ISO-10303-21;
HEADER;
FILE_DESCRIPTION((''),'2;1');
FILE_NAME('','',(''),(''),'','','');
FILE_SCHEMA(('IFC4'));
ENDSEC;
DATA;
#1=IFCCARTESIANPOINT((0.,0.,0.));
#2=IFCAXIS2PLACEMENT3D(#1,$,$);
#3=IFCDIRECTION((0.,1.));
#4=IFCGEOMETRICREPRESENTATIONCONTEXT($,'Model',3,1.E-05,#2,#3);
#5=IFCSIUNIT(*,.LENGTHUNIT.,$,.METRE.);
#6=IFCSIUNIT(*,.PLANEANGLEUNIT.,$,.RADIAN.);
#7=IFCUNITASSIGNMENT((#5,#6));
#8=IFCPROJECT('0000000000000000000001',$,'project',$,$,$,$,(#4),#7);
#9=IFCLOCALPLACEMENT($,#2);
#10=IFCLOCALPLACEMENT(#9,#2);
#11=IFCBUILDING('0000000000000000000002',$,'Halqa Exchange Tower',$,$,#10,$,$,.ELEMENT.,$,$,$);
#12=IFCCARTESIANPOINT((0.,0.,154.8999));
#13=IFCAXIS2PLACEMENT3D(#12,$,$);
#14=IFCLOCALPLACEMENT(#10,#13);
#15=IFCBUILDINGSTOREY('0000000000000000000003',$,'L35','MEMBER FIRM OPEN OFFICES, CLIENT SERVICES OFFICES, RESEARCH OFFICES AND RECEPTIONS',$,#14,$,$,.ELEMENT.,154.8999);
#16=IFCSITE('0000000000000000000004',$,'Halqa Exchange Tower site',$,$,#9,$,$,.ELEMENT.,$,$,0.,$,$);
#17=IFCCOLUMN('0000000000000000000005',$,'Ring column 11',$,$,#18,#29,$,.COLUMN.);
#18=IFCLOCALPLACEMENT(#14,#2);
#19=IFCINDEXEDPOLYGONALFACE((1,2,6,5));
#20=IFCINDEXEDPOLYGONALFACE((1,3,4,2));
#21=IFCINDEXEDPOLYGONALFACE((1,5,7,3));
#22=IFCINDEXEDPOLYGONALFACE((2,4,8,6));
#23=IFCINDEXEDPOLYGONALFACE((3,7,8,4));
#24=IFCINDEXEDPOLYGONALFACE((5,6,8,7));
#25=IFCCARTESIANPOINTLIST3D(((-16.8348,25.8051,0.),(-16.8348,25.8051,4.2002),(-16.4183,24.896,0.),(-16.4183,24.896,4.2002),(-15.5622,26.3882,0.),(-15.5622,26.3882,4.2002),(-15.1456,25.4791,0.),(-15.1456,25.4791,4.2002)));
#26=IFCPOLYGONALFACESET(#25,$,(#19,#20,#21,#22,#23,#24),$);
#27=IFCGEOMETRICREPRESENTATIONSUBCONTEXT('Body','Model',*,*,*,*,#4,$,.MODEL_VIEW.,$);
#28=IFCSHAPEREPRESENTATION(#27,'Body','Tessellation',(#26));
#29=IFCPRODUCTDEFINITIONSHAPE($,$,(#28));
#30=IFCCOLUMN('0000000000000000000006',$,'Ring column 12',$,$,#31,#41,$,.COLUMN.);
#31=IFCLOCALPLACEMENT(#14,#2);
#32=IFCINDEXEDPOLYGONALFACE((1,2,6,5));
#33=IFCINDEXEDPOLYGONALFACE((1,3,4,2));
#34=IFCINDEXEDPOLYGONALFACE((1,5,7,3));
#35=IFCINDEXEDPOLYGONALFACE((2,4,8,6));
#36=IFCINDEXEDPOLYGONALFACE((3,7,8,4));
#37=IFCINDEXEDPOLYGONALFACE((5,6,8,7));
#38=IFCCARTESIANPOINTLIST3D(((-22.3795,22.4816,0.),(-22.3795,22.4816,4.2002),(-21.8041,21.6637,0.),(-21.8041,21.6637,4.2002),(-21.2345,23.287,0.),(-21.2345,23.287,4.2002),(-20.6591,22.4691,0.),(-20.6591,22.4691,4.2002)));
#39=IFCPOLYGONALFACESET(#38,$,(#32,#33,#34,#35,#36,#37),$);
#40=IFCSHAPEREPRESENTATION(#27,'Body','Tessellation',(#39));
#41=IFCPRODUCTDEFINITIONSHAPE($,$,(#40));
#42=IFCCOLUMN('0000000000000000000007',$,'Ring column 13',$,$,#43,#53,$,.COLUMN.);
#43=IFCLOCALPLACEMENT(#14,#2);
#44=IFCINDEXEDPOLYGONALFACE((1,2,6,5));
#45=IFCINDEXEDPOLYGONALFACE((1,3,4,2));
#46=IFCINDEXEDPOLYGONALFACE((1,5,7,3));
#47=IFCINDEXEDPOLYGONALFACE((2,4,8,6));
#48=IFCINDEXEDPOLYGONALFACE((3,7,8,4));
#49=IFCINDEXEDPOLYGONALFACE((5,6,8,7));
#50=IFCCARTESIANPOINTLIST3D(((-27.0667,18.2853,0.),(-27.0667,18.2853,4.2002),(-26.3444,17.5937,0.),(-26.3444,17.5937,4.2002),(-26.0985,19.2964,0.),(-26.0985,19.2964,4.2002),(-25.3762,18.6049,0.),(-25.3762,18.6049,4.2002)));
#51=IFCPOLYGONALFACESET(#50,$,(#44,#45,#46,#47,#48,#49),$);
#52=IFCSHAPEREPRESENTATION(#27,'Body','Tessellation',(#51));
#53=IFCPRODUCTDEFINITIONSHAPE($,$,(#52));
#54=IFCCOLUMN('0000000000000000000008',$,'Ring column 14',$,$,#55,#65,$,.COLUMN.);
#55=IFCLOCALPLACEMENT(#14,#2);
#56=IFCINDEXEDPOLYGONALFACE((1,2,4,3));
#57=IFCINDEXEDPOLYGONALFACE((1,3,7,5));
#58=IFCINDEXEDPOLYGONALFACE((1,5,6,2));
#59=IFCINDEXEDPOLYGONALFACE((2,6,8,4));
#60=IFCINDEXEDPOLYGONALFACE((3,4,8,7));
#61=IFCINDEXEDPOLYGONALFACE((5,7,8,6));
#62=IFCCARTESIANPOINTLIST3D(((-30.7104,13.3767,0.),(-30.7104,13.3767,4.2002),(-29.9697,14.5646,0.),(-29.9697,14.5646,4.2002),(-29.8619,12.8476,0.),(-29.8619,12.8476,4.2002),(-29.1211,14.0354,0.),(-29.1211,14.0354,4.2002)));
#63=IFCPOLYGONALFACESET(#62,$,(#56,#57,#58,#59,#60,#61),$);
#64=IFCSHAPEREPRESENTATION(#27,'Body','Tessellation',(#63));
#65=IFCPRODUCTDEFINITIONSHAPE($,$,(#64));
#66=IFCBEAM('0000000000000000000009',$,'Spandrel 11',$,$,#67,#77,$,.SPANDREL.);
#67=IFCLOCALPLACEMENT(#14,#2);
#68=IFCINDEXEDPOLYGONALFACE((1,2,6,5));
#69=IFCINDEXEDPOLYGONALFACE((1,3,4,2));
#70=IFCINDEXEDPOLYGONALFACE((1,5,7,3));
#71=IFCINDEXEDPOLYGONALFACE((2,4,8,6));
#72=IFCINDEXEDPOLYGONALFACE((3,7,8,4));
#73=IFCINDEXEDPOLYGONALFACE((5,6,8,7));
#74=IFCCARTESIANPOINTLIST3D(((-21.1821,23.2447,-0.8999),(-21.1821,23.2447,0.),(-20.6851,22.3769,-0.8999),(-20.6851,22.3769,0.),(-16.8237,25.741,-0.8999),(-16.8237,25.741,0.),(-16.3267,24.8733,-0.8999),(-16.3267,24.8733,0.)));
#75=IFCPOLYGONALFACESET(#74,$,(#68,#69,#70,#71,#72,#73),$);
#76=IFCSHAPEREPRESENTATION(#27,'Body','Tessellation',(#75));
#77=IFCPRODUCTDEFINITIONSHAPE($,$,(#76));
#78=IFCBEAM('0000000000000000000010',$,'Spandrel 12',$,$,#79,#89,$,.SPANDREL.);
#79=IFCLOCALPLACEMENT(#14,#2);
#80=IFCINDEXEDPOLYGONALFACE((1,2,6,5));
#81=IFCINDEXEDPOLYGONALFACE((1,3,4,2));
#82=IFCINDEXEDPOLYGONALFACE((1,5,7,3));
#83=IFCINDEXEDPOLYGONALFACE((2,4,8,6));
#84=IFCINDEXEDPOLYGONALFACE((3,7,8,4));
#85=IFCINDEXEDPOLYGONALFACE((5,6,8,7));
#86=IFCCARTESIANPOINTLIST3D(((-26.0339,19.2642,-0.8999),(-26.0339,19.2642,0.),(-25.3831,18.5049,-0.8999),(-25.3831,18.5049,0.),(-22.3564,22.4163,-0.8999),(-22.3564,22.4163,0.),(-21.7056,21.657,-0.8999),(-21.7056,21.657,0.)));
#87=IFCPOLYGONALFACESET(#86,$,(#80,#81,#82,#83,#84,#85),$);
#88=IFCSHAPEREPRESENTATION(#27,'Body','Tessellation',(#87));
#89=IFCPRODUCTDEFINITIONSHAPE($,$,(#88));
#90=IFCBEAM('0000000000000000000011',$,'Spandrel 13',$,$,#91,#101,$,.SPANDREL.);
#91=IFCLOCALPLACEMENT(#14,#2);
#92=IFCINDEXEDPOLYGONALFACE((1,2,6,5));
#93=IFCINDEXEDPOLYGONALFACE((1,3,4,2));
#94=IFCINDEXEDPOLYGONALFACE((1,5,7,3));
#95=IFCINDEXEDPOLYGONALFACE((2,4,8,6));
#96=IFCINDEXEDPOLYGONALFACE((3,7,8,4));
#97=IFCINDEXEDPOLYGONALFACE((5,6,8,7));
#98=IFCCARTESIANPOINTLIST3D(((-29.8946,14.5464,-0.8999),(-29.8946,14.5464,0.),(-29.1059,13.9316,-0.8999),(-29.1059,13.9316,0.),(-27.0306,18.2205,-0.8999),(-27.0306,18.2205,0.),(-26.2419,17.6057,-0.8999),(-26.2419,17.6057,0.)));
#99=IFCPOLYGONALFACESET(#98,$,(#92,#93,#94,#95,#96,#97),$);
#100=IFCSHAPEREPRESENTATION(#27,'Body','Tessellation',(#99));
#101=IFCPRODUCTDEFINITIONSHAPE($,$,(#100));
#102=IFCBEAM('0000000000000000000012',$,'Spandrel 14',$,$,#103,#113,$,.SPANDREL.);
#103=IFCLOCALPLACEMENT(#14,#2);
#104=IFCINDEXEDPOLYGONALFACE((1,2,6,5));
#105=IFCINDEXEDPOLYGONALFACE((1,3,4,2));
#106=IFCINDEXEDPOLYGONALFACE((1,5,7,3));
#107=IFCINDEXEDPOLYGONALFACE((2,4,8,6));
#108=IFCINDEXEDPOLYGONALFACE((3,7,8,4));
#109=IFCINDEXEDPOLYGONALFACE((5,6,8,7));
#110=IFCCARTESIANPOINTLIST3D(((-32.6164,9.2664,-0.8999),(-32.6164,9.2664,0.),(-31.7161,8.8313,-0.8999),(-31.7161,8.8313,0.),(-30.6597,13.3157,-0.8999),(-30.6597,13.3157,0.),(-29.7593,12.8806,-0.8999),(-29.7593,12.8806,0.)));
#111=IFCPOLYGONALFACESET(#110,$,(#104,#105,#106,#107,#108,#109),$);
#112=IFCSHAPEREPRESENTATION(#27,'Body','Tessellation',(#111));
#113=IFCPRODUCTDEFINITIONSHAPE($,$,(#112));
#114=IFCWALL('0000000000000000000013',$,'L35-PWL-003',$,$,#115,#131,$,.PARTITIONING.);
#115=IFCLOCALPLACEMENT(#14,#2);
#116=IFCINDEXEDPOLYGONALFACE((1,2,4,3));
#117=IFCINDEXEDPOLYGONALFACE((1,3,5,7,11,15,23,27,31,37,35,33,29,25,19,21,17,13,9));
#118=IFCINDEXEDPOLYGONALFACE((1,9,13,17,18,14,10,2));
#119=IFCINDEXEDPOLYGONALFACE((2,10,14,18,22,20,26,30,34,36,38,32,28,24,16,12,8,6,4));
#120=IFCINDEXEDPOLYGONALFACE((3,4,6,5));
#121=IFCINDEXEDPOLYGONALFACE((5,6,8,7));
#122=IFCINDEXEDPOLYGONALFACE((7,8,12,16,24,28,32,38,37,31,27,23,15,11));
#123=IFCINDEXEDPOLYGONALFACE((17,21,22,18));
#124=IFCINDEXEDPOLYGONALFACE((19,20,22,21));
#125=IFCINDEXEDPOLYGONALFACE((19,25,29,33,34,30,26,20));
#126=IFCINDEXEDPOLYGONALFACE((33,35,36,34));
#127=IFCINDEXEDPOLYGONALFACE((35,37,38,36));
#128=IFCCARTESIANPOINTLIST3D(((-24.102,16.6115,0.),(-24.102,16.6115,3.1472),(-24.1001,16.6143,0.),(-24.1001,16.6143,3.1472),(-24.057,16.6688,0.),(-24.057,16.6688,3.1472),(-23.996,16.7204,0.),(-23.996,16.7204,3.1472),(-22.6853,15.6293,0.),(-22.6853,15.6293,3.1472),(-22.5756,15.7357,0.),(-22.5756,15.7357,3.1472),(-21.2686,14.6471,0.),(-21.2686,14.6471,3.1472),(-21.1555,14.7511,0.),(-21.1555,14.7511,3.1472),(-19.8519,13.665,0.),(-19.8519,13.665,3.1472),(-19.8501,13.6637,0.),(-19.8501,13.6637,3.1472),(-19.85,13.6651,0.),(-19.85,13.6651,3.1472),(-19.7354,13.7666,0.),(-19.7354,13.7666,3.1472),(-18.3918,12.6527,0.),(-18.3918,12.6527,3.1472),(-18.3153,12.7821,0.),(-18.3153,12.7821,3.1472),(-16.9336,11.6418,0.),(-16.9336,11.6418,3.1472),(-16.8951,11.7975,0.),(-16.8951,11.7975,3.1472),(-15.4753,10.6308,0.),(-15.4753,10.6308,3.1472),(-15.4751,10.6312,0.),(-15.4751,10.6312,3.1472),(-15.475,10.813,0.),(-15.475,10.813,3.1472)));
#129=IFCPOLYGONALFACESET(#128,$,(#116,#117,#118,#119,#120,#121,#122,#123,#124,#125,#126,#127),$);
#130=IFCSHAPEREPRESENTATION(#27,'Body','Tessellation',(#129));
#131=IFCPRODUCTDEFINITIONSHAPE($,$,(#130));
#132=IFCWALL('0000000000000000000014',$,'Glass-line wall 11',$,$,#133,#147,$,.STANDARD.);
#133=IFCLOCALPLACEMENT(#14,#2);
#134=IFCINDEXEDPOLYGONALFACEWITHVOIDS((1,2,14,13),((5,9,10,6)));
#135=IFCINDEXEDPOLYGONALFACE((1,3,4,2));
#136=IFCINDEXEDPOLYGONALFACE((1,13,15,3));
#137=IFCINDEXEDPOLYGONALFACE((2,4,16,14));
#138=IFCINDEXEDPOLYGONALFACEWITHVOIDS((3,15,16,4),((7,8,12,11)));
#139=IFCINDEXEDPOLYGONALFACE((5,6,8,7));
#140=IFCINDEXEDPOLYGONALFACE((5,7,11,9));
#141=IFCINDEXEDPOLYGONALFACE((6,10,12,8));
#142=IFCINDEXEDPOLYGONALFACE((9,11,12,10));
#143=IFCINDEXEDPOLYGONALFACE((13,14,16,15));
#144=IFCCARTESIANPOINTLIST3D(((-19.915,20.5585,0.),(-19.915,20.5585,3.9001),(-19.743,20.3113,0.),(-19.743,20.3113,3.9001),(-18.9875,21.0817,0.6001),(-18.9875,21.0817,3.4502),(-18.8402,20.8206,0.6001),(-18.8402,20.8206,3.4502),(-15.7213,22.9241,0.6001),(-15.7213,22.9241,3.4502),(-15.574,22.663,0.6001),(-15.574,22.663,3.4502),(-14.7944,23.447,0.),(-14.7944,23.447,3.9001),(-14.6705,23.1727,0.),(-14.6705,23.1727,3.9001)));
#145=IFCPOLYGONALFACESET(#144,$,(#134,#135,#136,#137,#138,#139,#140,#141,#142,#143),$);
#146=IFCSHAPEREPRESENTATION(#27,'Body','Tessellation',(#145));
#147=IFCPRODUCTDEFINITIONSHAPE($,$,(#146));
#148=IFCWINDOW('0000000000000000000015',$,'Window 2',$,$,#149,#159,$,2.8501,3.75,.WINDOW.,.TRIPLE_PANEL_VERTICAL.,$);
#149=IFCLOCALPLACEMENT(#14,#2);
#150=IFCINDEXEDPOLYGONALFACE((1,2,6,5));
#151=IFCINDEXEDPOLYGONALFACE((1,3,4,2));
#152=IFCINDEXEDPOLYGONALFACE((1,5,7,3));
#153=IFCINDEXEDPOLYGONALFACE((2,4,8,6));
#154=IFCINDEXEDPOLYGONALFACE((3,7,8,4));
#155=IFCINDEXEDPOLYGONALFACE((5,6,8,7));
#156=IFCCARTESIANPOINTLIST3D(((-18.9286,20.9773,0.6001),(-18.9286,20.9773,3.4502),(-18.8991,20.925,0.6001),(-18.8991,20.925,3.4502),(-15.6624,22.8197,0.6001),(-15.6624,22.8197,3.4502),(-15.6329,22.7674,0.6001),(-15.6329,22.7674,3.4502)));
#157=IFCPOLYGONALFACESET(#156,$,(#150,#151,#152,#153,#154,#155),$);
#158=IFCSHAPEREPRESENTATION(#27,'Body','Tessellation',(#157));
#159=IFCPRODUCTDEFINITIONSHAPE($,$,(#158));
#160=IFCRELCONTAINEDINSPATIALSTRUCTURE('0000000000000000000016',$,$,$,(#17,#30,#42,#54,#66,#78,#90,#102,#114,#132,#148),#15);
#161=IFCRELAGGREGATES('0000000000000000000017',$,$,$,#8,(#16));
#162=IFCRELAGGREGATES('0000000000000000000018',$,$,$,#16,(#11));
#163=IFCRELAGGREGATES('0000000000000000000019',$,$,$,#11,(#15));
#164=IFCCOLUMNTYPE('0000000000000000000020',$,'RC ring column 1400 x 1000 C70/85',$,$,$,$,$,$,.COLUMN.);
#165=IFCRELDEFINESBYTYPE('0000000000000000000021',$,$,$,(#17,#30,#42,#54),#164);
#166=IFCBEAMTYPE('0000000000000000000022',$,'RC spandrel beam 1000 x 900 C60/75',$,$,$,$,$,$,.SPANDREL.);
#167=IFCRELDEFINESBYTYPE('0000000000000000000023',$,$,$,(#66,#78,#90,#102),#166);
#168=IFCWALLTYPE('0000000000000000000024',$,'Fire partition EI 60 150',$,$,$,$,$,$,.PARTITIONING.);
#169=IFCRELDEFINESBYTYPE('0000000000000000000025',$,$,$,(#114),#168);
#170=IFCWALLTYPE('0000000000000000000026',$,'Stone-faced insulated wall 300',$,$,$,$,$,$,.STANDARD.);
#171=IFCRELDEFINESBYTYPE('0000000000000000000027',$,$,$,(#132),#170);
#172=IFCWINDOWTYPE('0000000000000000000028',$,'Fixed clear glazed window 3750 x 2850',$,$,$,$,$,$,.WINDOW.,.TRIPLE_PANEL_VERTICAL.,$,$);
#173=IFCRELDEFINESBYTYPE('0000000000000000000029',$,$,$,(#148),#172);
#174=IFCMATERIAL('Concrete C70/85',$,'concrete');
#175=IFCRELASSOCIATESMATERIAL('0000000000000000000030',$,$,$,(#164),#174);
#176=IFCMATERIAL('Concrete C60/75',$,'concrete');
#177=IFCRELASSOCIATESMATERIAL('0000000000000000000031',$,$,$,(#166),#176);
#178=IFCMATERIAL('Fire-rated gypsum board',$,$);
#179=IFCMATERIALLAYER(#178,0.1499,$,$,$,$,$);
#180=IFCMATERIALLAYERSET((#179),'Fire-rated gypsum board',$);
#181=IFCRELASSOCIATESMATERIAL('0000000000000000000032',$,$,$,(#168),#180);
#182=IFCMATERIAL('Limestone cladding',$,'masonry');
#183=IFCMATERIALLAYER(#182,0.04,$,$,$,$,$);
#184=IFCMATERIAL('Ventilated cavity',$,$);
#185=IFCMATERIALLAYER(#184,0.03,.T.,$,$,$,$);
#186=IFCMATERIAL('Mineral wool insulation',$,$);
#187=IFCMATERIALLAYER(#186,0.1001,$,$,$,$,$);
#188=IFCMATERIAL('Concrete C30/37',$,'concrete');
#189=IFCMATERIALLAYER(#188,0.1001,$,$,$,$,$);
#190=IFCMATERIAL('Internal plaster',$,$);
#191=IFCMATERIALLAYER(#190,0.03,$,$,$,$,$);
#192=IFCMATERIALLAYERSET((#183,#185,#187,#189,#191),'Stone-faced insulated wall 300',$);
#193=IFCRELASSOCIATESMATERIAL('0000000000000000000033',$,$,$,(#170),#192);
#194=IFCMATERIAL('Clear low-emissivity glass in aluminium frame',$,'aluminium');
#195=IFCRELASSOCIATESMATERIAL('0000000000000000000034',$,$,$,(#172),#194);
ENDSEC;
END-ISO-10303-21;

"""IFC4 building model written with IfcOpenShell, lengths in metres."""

from ifc_helpers import new_model, si_unit, direction, frame, frame_2d, origin, origin_2d, place, context, subcontext, project, spatial, polyline, rectangle, outline, extrude, material, layer, layer_set, material_profile, profile_set, type_object, element, fill, save


model = new_model("IFC4")

# Units and contexts
model_context = context("Model", 3, precision=1e-05, world=origin(), true_north=direction((0.0, 1.0)))
body_context = subcontext(model_context, "Body", "Model", "MODEL_VIEW")
ifc_project = project(units=[si_unit("LENGTHUNIT", "METRE"), si_unit("PLANEANGLEUNIT", "RADIAN")], contexts=[model_context])

# Site, building, storey
site_placement = place(None, origin())
site = spatial("IfcSite", under=ifc_project, at=site_placement, Name="Halqa Exchange Tower site", CompositionType="ELEMENT", RefElevation=0.0)
building_placement = place(site_placement, origin())
building = spatial("IfcBuilding", under=site, at=building_placement, Name="Halqa Exchange Tower", CompositionType="ELEMENT")
storey_placement = place(building_placement, frame((0.0, 0.0, 154.8999)))
storey = spatial("IfcBuildingStorey", under=building, at=storey_placement, Name="L35", Description="MEMBER FIRM OPEN OFFICES, CLIENT SERVICES OFFICES, RESEARCH OFFICES AND RECEPTIONS", CompositionType="ELEMENT", Elevation=154.8999)

# Columns
ifc_material_1 = material(Name="Concrete C70/85", Category="concrete")
ifc_material_profile_1 = material_profile(ifc_material_1, rectangle(XDim=1.3999, YDim=1.0, at=origin_2d()), Name="1400 x 1000")
ifc_profile_set_1 = profile_set([ifc_material_profile_1], Name="Concrete C70/85")
column_type = type_object("IfcColumnType", Name="RC ring column 1400 x 1000 C70/85", PredefinedType="COLUMN", material=ifc_profile_set_1)
for number, where, z_axis, x_axis, name in (
    (1, (-15.9902, 25.6421, 0.0), (0.0, 0.0, 1.0), (-0.909126, -0.41652, 0.0), "Ring column 11"),
    (2, (-21.5193, 22.4753, 0.0), (0.0, 0.0, 1.0), (-0.817911, -0.575345, 0.0), "Ring column 12"),
    (3, (-26.2214, 18.4451, 0.0), (0.0, 0.0, 1.0), (-0.691579, -0.722301, 0.0), "Ring column 13"),
    (4, (-29.9158, 13.7061, 0.0), (0.0, 0.0, 1.0), (-0.529143, -0.848532, 0.0), "Ring column 14"),
):
    element("IfcColumn", number, at=place(storey_placement, frame(where, z_axis=z_axis, x_axis=x_axis)), inside=storey, type_object=column_type, Name=name, PredefinedType="COLUMN", context=body_context, shape_type="SweptSolid", body=[
        extrude(rectangle(XDim=1.3999, YDim=1.0, at=origin_2d()), origin(), (0.0, 0.0, 1.0), 4.2002),
    ])

# Beams
ifc_material_2 = material(Name="Concrete C60/75", Category="concrete")
ifc_material_profile_2 = material_profile(ifc_material_2, rectangle(XDim=1.0, YDim=0.8999, at=origin_2d()), Name="1000 x 900")
ifc_profile_set_2 = profile_set([ifc_material_profile_2], Name="Concrete C60/75")
beam_type = type_object("IfcBeamType", Name="RC spandrel beam 1000 x 900 C60/75", PredefinedType="SPANDREL", material=ifc_profile_set_2)
beam_1_placement = place(storey_placement, frame((-16.5752, 25.3071, -0.45), z_axis=(-0.867743, -0.497013, 0.0), x_axis=(0.497013, -0.867743, 0.0)))
element("IfcBeam", 5, at=beam_1_placement, inside=storey, type_object=beam_type, Name="Spandrel 11", PredefinedType="SPANDREL", context=body_context, shape_type="SweptSolid", body=[
    extrude(rectangle(XDim=1.0, YDim=0.8999, at=origin_2d()), origin(), (0.0, 0.0, 1.0), 5.0227),
])
beam_2_placement = place(storey_placement, frame((-22.031, 22.0366, -0.45), z_axis=(-0.75926, -0.650787, 0.0), x_axis=(0.650787, -0.75926, 0.0)))
element("IfcBeam", 6, at=beam_2_placement, inside=storey, type_object=beam_type, Name="Spandrel 12", PredefinedType="SPANDREL", context=body_context, shape_type="SweptSolid", body=[
    extrude(rectangle(XDim=1.0, YDim=0.8999, at=origin_2d()), origin(), (0.0, 0.0, 1.0), 4.8435),
])
beam_3_placement = place(storey_placement, frame((-26.6362, 17.9131, -0.45), z_axis=(-0.614797, -0.788686, 0.0), x_axis=(0.788686, -0.614797, 0.0)))
element("IfcBeam", 7, at=beam_3_placement, inside=storey, type_object=beam_type, Name="Spandrel 13", PredefinedType="SPANDREL", context=body_context, shape_type="SweptSolid", body=[
    extrude(rectangle(XDim=1.0, YDim=0.8999, at=origin_2d()), origin(), (0.0, 0.0, 1.0), 4.6584),
])
beam_4_placement = place(storey_placement, frame((-30.2095, 13.0981, -0.45), z_axis=(-0.4351, -0.900382, 0.0), x_axis=(0.900382, -0.4351, 0.0)))
element("IfcBeam", 8, at=beam_4_placement, inside=storey, type_object=beam_type, Name="Spandrel 14", PredefinedType="SPANDREL", context=body_context, shape_type="SweptSolid", body=[
    extrude(rectangle(XDim=1.0, YDim=0.8999, at=origin_2d()), origin(), (0.0, 0.0, 1.0), 4.4973),
])

# Wall
ifc_material_3 = material(Name="Fire-rated gypsum board")
ifc_layer_1 = layer(ifc_material_3, 0.1499)
ifc_layer_set_1 = layer_set([ifc_layer_1], Name="Fire-rated gypsum board")
wall_type_1 = type_object("IfcWallType", Name="Fire partition EI 60 150", PredefinedType="PARTITIONING", material=ifc_layer_set_1)
wall_1_placement = place(storey_placement, frame((-24.0593, 16.6731, 0.0), z_axis=(0.0, 0.0, 1.0), x_axis=(0.821819, -0.569749, 0.0)))
element("IfcWall", 9, at=wall_1_placement, inside=storey, type_object=wall_type_1, Name="L35-PWL-003", PredefinedType="PARTITIONING", context=body_context, shape_type="SweptSolid", body=[
    extrude(outline(polyline([(0.0, -0.075), (1.7239, -0.075), (3.4478, -0.075), (5.1716, -0.075), (5.1731, -0.0737), (5.1738, -0.075), (6.9482, -0.075), (8.7227, -0.075), (10.4971, -0.075), (10.4971, -0.0745), (10.3936, 0.075), (8.6655, 0.075), (6.9375, 0.075), (5.2095, 0.075), (3.4814, 0.075), (1.7534, 0.075), (0.0251, 0.075), (0.0044, -0.0022), (0.0, -0.0715), (0.0, -0.075)])), origin(), (0.0, 0.0, 1.0), 3.1472),
])

# Wall, opening, window
ifc_material_4 = material(Name="Limestone cladding", Category="masonry")
ifc_layer_2 = layer(ifc_material_4, 0.04)
ifc_material_5 = material(Name="Ventilated cavity")
ifc_layer_3 = layer(ifc_material_5, 0.03, ventilated=True)
ifc_material_6 = material(Name="Mineral wool insulation")
ifc_layer_4 = layer(ifc_material_6, 0.1001)
ifc_material_7 = material(Name="Concrete C30/37", Category="concrete")
ifc_layer_5 = layer(ifc_material_7, 0.1001)
ifc_material_8 = material(Name="Internal plaster")
ifc_layer_6 = layer(ifc_material_8, 0.03)
ifc_layer_set_2 = layer_set([ifc_layer_2, ifc_layer_3, ifc_layer_4, ifc_layer_5, ifc_layer_6], Name="Stone-faced insulated wall 300")
wall_type_2 = type_object("IfcWallType", Name="Stone-faced insulated wall 300", PredefinedType="STANDARD", material=ifc_layer_set_2)
wall_2_placement = place(storey_placement, frame((-14.7324, 23.3098, 0.0), z_axis=(0.0, 0.0, 1.0), x_axis=(-0.870982, -0.491315, 0.0)))
wall_2 = element("IfcWall", 10, at=wall_2_placement, inside=storey, type_object=wall_type_2, Name="Glass-line wall 11", PredefinedType="STANDARD", context=body_context, shape_type="SweptSolid", body=[
    extrude(outline(polyline([(-0.0134, -0.1499), (5.8657, -0.1499), (5.8374, 0.1499), (0.0134, 0.1499), (-0.0134, -0.1499)])), origin(), (0.0, 0.0, 1.0), 3.9001),
])
opening_1_placement = place(wall_2_placement, frame((1.0508, 0.0, 0.6001)))
opening_1 = element("IfcOpeningElement", 11, at=opening_1_placement, cuts=wall_2, PredefinedType="OPENING", context=body_context, shape_type="SweptSolid", body=[
    extrude(rectangle(XDim=3.75, YDim=2.8501, at=frame_2d((1.875, 1.425))), frame((0.0, 0.1621, 0.0), z_axis=(0.0, -1.0, 0.0), x_axis=(1.0, 0.0, 0.0)), (0.0, 0.0, 1.0), 0.324),
])
ifc_material_9 = material(Name="Clear low-emissivity glass in aluminium frame", Category="aluminium")
window_type = type_object("IfcWindowType", Name="Fixed clear glazed window 3750 x 2850", PartitioningType="TRIPLE_PANEL_VERTICAL", PredefinedType="WINDOW", material=ifc_material_9)
window_1_placement = place(opening_1_placement, origin())
window_1 = element("IfcWindow", 12, at=window_1_placement, inside=storey, type_object=window_type, Name="Window 2", OverallHeight=2.8501, OverallWidth=3.75, PartitioningType="TRIPLE_PANEL_VERTICAL", PredefinedType="WINDOW", context=body_context, shape_type="SweptSolid", body=[
    extrude(rectangle(XDim=3.75, YDim=2.8501, at=frame_2d((1.875, 1.425))), frame((0.0, 0.03, 0.0), z_axis=(0.0, -1.0, 0.0), x_axis=(1.0, 0.0, 0.0)), (0.0, 0.0, 1.0), 0.0601),
])
fill(opening_1, window_1)

save(model, "model.ifc")
